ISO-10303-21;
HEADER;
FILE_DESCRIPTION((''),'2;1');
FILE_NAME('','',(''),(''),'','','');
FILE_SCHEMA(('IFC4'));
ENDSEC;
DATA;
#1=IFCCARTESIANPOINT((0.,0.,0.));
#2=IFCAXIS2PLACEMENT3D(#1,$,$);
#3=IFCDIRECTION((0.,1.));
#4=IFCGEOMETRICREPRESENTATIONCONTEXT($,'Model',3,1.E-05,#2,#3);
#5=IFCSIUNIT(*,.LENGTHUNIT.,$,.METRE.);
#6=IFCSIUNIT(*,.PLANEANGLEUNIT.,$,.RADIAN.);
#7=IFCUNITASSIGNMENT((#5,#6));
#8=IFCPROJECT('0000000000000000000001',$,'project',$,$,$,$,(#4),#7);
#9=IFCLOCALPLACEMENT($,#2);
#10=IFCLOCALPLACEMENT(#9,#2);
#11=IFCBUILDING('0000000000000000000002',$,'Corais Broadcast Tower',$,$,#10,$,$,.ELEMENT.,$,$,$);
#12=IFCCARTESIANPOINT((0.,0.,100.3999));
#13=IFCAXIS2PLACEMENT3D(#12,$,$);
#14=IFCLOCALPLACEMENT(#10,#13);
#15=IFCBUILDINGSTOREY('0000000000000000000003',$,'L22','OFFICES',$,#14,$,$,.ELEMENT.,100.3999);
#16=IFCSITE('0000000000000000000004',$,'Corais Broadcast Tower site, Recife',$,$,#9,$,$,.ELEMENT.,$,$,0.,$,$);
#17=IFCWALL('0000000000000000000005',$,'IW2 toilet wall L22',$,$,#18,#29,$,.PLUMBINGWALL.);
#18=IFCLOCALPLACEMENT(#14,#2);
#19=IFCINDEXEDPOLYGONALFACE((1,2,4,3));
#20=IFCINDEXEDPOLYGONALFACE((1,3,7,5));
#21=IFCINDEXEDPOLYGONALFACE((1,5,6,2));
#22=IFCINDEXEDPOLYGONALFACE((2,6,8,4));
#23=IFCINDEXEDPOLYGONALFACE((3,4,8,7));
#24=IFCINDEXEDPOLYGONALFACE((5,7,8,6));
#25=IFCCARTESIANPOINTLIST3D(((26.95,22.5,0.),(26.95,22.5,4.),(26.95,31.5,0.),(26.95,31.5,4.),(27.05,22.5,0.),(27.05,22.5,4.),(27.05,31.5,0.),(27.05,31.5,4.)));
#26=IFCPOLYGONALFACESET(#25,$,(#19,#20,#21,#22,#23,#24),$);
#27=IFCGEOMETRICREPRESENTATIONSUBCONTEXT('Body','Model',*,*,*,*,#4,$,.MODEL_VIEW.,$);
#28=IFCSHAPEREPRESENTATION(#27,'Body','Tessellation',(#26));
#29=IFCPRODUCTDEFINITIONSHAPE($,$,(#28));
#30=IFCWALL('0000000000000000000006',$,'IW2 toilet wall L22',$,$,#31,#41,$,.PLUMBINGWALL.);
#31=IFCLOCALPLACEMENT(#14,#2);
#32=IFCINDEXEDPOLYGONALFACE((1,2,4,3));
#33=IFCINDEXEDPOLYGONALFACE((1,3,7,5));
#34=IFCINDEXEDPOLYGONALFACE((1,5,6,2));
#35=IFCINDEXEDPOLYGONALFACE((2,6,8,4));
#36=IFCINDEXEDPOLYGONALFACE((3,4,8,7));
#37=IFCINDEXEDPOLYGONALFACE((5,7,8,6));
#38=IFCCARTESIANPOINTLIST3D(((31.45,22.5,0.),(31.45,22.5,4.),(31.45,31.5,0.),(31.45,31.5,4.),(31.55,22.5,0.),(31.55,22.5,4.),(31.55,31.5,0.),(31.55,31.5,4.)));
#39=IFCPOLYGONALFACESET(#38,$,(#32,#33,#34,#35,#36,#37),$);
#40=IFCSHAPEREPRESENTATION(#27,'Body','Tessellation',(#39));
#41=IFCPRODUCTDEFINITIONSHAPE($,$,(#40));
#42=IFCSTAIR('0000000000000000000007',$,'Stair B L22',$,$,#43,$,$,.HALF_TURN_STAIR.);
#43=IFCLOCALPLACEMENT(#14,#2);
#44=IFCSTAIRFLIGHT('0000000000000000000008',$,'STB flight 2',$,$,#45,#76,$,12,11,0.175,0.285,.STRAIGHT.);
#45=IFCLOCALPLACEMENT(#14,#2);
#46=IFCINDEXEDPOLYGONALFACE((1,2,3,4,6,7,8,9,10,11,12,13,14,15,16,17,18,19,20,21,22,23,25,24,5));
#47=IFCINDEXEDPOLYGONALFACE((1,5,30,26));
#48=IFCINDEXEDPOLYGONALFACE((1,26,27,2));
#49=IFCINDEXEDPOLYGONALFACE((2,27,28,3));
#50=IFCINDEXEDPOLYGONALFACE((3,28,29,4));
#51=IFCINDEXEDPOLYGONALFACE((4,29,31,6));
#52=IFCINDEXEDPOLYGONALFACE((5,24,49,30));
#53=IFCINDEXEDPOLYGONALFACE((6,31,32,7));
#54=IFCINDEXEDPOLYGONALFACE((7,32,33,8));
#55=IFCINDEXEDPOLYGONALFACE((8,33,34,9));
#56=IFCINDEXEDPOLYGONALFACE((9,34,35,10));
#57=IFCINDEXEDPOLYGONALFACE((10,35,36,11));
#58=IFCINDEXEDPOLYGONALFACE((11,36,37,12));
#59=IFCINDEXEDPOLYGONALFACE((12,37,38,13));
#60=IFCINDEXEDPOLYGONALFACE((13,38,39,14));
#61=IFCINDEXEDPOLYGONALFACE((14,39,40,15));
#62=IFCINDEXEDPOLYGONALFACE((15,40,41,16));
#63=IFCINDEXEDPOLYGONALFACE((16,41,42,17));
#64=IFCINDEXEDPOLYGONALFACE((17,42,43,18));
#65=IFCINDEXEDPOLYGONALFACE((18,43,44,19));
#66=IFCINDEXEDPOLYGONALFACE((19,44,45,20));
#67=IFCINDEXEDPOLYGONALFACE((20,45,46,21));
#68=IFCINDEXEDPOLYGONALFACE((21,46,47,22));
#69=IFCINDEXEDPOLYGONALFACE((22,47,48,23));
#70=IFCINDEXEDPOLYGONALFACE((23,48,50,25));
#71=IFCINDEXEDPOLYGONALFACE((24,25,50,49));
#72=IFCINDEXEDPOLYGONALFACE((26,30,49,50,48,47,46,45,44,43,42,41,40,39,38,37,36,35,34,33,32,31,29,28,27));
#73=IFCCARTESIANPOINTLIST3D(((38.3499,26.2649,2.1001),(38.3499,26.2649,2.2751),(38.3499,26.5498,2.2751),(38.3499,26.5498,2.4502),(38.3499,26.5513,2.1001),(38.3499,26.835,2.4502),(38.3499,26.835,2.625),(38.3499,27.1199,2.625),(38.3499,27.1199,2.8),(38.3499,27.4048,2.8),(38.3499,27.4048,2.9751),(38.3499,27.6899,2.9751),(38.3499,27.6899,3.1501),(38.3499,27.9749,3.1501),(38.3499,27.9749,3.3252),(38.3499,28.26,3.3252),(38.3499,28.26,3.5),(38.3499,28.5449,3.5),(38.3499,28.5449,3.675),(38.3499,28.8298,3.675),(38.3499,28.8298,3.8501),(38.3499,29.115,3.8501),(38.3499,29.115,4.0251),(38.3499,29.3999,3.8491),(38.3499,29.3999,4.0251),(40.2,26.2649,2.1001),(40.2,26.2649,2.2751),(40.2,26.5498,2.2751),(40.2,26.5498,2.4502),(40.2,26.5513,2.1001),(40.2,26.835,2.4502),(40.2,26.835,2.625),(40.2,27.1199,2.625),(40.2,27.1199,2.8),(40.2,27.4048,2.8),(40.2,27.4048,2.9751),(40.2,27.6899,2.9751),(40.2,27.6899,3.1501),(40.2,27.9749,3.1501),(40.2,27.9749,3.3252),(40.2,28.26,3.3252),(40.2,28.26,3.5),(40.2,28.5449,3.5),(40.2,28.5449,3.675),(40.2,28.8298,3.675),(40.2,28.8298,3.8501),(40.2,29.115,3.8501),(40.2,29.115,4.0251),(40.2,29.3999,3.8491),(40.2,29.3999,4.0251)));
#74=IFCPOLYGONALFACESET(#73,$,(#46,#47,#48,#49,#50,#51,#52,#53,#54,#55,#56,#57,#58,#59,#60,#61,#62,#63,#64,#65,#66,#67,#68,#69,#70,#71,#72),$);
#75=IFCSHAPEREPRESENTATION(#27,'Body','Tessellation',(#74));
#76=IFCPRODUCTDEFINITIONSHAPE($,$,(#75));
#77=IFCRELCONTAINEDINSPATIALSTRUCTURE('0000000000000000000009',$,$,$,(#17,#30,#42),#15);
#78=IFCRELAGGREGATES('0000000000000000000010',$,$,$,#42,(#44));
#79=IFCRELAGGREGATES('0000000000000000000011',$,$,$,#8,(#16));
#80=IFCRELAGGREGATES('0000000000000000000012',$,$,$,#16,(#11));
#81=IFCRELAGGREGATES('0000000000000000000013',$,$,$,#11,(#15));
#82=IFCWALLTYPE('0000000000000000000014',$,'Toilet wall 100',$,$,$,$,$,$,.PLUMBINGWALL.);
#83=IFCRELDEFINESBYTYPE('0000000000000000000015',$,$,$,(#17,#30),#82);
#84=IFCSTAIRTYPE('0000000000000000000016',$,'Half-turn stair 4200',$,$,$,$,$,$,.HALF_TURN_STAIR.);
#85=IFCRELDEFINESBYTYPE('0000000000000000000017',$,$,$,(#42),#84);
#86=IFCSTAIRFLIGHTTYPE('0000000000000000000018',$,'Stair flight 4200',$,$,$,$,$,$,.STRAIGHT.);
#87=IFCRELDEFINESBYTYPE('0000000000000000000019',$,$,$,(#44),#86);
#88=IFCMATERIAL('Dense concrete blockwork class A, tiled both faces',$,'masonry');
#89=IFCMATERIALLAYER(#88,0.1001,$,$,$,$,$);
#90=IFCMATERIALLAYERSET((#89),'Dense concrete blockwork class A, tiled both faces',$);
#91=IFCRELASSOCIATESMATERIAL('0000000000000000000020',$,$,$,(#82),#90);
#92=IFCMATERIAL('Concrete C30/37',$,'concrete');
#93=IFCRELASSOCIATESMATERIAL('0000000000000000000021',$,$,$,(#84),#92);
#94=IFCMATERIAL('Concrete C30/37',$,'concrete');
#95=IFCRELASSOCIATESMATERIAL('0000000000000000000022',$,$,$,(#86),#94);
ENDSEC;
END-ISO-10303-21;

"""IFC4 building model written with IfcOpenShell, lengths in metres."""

from ifc_helpers import new_model, si_unit, direction, frame, frame_2d, origin, place, context, subcontext, project, spatial, polyline, rectangle, outline, extrude, material, layer, layer_set, type_object, element, aggregate, save


model = new_model("IFC4")

# Units and contexts
model_context = context("Model", 3, precision=1e-05, world=origin(), true_north=direction((0.0, 1.0)))
body_context = subcontext(model_context, "Body", "Model", "MODEL_VIEW")
ifc_project = project(units=[si_unit("LENGTHUNIT", "METRE"), si_unit("PLANEANGLEUNIT", "RADIAN")], contexts=[model_context])

# Site, building, storey
site_placement = place(None, origin())
site = spatial("IfcSite", under=ifc_project, at=site_placement, Name="Corais Broadcast Tower site, Recife", CompositionType="ELEMENT", RefElevation=0.0)
building_placement = place(site_placement, origin())
building = spatial("IfcBuilding", under=site, at=building_placement, Name="Corais Broadcast Tower", CompositionType="ELEMENT")
storey_placement = place(building_placement, frame((0.0, 0.0, 100.3999)))
storey = spatial("IfcBuildingStorey", under=building, at=storey_placement, Name="L22", Description="OFFICES", CompositionType="ELEMENT", Elevation=100.3999)

# Walls
ifc_material_1 = material(Name="Dense concrete blockwork class A, tiled both faces", Category="masonry")
ifc_layer_1 = layer(ifc_material_1, 0.1001)
ifc_layer_set_1 = layer_set([ifc_layer_1], Name="Dense concrete blockwork class A, tiled both faces")
wall_type_1 = type_object("IfcWallType", Name="Toilet wall 100", PredefinedType="PLUMBINGWALL", material=ifc_layer_set_1)
for number, where, z_axis, x_axis, name in (
    (1, (27.0, 22.5, 0.0), (0.0, 0.0, 1.0), (0.0, 1.0, 0.0), "IW2 toilet wall L22"),
    (2, (31.5, 22.5, 0.0), (0.0, 0.0, 1.0), (0.0, 1.0, 0.0), "IW2 toilet wall L22"),
):
    element("IfcWall", number, at=place(storey_placement, frame(where, z_axis=z_axis, x_axis=x_axis)), inside=storey, type_object=wall_type_1, Name=name, PredefinedType="PLUMBINGWALL", context=body_context, shape_type="SweptSolid", body=[
        extrude(rectangle(XDim=9.0, YDim=0.1001, at=frame_2d((4.5, 0.0))), origin(), (0.0, 0.0, 1.0), 4.0),
    ])

# Stair, stair flight
ifc_material_2 = material(Name="Concrete C30/37", Category="concrete")
stair_type = type_object("IfcStairType", Name="Half-turn stair 4200", PredefinedType="HALF_TURN_STAIR", material=ifc_material_2)
stair_placement = place(storey_placement, origin())
stair = element("IfcStair", 3, at=stair_placement, inside=storey, type_object=stair_type, Name="Stair B L22", PredefinedType="HALF_TURN_STAIR")
ifc_material_3 = material(Name="Concrete C30/37", Category="concrete")
stair_flight_type = type_object("IfcStairFlightType", Name="Stair flight 4200", PredefinedType="STRAIGHT", material=ifc_material_3)
stair_flight_placement = place(storey_placement, frame((39.2749, 26.2649, 2.1001), z_axis=(0.0, 0.0, 1.0), x_axis=(0.0, 1.0, 0.0)))
stair_flight = element("IfcStairFlight", 4, at=stair_flight_placement, type_object=stair_flight_type, Name="STB flight 2", NumberOfRisers=12, NumberOfTreads=11, PredefinedType="STRAIGHT", RiserHeight=0.175, TreadLength=0.285, context=body_context, shape_type="SweptSolid", body=[
    extrude(outline(polyline([(0.0, 0.0), (0.0, 0.175), (0.2849, 0.175), (0.2849, 0.3501), (0.5701, 0.3501), (0.5701, 0.5249), (0.855, 0.5249), (0.855, 0.7), (1.1399, 0.7), (1.1399, 0.875), (1.425, 0.875), (1.425, 1.05), (1.71, 1.05), (1.71, 1.2251), (1.9951, 1.2251), (1.9951, 1.3999), (2.28, 1.3999), (2.28, 1.575), (2.5649, 1.575), (2.5649, 1.75), (2.8501, 1.75), (2.8501, 1.925), (3.135, 1.925), (3.135, 2.1001), (3.135, 1.749), (0.2864, 0.0), (0.0, 0.0)])), frame((0.0, 0.925, 0.0), z_axis=(0.0, -1.0, 0.0), x_axis=(1.0, 0.0, 0.0)), (0.0, 0.0, 1.0), 1.8501),
])
aggregate(stair, [stair_flight])

save(model, "model.ifc")
